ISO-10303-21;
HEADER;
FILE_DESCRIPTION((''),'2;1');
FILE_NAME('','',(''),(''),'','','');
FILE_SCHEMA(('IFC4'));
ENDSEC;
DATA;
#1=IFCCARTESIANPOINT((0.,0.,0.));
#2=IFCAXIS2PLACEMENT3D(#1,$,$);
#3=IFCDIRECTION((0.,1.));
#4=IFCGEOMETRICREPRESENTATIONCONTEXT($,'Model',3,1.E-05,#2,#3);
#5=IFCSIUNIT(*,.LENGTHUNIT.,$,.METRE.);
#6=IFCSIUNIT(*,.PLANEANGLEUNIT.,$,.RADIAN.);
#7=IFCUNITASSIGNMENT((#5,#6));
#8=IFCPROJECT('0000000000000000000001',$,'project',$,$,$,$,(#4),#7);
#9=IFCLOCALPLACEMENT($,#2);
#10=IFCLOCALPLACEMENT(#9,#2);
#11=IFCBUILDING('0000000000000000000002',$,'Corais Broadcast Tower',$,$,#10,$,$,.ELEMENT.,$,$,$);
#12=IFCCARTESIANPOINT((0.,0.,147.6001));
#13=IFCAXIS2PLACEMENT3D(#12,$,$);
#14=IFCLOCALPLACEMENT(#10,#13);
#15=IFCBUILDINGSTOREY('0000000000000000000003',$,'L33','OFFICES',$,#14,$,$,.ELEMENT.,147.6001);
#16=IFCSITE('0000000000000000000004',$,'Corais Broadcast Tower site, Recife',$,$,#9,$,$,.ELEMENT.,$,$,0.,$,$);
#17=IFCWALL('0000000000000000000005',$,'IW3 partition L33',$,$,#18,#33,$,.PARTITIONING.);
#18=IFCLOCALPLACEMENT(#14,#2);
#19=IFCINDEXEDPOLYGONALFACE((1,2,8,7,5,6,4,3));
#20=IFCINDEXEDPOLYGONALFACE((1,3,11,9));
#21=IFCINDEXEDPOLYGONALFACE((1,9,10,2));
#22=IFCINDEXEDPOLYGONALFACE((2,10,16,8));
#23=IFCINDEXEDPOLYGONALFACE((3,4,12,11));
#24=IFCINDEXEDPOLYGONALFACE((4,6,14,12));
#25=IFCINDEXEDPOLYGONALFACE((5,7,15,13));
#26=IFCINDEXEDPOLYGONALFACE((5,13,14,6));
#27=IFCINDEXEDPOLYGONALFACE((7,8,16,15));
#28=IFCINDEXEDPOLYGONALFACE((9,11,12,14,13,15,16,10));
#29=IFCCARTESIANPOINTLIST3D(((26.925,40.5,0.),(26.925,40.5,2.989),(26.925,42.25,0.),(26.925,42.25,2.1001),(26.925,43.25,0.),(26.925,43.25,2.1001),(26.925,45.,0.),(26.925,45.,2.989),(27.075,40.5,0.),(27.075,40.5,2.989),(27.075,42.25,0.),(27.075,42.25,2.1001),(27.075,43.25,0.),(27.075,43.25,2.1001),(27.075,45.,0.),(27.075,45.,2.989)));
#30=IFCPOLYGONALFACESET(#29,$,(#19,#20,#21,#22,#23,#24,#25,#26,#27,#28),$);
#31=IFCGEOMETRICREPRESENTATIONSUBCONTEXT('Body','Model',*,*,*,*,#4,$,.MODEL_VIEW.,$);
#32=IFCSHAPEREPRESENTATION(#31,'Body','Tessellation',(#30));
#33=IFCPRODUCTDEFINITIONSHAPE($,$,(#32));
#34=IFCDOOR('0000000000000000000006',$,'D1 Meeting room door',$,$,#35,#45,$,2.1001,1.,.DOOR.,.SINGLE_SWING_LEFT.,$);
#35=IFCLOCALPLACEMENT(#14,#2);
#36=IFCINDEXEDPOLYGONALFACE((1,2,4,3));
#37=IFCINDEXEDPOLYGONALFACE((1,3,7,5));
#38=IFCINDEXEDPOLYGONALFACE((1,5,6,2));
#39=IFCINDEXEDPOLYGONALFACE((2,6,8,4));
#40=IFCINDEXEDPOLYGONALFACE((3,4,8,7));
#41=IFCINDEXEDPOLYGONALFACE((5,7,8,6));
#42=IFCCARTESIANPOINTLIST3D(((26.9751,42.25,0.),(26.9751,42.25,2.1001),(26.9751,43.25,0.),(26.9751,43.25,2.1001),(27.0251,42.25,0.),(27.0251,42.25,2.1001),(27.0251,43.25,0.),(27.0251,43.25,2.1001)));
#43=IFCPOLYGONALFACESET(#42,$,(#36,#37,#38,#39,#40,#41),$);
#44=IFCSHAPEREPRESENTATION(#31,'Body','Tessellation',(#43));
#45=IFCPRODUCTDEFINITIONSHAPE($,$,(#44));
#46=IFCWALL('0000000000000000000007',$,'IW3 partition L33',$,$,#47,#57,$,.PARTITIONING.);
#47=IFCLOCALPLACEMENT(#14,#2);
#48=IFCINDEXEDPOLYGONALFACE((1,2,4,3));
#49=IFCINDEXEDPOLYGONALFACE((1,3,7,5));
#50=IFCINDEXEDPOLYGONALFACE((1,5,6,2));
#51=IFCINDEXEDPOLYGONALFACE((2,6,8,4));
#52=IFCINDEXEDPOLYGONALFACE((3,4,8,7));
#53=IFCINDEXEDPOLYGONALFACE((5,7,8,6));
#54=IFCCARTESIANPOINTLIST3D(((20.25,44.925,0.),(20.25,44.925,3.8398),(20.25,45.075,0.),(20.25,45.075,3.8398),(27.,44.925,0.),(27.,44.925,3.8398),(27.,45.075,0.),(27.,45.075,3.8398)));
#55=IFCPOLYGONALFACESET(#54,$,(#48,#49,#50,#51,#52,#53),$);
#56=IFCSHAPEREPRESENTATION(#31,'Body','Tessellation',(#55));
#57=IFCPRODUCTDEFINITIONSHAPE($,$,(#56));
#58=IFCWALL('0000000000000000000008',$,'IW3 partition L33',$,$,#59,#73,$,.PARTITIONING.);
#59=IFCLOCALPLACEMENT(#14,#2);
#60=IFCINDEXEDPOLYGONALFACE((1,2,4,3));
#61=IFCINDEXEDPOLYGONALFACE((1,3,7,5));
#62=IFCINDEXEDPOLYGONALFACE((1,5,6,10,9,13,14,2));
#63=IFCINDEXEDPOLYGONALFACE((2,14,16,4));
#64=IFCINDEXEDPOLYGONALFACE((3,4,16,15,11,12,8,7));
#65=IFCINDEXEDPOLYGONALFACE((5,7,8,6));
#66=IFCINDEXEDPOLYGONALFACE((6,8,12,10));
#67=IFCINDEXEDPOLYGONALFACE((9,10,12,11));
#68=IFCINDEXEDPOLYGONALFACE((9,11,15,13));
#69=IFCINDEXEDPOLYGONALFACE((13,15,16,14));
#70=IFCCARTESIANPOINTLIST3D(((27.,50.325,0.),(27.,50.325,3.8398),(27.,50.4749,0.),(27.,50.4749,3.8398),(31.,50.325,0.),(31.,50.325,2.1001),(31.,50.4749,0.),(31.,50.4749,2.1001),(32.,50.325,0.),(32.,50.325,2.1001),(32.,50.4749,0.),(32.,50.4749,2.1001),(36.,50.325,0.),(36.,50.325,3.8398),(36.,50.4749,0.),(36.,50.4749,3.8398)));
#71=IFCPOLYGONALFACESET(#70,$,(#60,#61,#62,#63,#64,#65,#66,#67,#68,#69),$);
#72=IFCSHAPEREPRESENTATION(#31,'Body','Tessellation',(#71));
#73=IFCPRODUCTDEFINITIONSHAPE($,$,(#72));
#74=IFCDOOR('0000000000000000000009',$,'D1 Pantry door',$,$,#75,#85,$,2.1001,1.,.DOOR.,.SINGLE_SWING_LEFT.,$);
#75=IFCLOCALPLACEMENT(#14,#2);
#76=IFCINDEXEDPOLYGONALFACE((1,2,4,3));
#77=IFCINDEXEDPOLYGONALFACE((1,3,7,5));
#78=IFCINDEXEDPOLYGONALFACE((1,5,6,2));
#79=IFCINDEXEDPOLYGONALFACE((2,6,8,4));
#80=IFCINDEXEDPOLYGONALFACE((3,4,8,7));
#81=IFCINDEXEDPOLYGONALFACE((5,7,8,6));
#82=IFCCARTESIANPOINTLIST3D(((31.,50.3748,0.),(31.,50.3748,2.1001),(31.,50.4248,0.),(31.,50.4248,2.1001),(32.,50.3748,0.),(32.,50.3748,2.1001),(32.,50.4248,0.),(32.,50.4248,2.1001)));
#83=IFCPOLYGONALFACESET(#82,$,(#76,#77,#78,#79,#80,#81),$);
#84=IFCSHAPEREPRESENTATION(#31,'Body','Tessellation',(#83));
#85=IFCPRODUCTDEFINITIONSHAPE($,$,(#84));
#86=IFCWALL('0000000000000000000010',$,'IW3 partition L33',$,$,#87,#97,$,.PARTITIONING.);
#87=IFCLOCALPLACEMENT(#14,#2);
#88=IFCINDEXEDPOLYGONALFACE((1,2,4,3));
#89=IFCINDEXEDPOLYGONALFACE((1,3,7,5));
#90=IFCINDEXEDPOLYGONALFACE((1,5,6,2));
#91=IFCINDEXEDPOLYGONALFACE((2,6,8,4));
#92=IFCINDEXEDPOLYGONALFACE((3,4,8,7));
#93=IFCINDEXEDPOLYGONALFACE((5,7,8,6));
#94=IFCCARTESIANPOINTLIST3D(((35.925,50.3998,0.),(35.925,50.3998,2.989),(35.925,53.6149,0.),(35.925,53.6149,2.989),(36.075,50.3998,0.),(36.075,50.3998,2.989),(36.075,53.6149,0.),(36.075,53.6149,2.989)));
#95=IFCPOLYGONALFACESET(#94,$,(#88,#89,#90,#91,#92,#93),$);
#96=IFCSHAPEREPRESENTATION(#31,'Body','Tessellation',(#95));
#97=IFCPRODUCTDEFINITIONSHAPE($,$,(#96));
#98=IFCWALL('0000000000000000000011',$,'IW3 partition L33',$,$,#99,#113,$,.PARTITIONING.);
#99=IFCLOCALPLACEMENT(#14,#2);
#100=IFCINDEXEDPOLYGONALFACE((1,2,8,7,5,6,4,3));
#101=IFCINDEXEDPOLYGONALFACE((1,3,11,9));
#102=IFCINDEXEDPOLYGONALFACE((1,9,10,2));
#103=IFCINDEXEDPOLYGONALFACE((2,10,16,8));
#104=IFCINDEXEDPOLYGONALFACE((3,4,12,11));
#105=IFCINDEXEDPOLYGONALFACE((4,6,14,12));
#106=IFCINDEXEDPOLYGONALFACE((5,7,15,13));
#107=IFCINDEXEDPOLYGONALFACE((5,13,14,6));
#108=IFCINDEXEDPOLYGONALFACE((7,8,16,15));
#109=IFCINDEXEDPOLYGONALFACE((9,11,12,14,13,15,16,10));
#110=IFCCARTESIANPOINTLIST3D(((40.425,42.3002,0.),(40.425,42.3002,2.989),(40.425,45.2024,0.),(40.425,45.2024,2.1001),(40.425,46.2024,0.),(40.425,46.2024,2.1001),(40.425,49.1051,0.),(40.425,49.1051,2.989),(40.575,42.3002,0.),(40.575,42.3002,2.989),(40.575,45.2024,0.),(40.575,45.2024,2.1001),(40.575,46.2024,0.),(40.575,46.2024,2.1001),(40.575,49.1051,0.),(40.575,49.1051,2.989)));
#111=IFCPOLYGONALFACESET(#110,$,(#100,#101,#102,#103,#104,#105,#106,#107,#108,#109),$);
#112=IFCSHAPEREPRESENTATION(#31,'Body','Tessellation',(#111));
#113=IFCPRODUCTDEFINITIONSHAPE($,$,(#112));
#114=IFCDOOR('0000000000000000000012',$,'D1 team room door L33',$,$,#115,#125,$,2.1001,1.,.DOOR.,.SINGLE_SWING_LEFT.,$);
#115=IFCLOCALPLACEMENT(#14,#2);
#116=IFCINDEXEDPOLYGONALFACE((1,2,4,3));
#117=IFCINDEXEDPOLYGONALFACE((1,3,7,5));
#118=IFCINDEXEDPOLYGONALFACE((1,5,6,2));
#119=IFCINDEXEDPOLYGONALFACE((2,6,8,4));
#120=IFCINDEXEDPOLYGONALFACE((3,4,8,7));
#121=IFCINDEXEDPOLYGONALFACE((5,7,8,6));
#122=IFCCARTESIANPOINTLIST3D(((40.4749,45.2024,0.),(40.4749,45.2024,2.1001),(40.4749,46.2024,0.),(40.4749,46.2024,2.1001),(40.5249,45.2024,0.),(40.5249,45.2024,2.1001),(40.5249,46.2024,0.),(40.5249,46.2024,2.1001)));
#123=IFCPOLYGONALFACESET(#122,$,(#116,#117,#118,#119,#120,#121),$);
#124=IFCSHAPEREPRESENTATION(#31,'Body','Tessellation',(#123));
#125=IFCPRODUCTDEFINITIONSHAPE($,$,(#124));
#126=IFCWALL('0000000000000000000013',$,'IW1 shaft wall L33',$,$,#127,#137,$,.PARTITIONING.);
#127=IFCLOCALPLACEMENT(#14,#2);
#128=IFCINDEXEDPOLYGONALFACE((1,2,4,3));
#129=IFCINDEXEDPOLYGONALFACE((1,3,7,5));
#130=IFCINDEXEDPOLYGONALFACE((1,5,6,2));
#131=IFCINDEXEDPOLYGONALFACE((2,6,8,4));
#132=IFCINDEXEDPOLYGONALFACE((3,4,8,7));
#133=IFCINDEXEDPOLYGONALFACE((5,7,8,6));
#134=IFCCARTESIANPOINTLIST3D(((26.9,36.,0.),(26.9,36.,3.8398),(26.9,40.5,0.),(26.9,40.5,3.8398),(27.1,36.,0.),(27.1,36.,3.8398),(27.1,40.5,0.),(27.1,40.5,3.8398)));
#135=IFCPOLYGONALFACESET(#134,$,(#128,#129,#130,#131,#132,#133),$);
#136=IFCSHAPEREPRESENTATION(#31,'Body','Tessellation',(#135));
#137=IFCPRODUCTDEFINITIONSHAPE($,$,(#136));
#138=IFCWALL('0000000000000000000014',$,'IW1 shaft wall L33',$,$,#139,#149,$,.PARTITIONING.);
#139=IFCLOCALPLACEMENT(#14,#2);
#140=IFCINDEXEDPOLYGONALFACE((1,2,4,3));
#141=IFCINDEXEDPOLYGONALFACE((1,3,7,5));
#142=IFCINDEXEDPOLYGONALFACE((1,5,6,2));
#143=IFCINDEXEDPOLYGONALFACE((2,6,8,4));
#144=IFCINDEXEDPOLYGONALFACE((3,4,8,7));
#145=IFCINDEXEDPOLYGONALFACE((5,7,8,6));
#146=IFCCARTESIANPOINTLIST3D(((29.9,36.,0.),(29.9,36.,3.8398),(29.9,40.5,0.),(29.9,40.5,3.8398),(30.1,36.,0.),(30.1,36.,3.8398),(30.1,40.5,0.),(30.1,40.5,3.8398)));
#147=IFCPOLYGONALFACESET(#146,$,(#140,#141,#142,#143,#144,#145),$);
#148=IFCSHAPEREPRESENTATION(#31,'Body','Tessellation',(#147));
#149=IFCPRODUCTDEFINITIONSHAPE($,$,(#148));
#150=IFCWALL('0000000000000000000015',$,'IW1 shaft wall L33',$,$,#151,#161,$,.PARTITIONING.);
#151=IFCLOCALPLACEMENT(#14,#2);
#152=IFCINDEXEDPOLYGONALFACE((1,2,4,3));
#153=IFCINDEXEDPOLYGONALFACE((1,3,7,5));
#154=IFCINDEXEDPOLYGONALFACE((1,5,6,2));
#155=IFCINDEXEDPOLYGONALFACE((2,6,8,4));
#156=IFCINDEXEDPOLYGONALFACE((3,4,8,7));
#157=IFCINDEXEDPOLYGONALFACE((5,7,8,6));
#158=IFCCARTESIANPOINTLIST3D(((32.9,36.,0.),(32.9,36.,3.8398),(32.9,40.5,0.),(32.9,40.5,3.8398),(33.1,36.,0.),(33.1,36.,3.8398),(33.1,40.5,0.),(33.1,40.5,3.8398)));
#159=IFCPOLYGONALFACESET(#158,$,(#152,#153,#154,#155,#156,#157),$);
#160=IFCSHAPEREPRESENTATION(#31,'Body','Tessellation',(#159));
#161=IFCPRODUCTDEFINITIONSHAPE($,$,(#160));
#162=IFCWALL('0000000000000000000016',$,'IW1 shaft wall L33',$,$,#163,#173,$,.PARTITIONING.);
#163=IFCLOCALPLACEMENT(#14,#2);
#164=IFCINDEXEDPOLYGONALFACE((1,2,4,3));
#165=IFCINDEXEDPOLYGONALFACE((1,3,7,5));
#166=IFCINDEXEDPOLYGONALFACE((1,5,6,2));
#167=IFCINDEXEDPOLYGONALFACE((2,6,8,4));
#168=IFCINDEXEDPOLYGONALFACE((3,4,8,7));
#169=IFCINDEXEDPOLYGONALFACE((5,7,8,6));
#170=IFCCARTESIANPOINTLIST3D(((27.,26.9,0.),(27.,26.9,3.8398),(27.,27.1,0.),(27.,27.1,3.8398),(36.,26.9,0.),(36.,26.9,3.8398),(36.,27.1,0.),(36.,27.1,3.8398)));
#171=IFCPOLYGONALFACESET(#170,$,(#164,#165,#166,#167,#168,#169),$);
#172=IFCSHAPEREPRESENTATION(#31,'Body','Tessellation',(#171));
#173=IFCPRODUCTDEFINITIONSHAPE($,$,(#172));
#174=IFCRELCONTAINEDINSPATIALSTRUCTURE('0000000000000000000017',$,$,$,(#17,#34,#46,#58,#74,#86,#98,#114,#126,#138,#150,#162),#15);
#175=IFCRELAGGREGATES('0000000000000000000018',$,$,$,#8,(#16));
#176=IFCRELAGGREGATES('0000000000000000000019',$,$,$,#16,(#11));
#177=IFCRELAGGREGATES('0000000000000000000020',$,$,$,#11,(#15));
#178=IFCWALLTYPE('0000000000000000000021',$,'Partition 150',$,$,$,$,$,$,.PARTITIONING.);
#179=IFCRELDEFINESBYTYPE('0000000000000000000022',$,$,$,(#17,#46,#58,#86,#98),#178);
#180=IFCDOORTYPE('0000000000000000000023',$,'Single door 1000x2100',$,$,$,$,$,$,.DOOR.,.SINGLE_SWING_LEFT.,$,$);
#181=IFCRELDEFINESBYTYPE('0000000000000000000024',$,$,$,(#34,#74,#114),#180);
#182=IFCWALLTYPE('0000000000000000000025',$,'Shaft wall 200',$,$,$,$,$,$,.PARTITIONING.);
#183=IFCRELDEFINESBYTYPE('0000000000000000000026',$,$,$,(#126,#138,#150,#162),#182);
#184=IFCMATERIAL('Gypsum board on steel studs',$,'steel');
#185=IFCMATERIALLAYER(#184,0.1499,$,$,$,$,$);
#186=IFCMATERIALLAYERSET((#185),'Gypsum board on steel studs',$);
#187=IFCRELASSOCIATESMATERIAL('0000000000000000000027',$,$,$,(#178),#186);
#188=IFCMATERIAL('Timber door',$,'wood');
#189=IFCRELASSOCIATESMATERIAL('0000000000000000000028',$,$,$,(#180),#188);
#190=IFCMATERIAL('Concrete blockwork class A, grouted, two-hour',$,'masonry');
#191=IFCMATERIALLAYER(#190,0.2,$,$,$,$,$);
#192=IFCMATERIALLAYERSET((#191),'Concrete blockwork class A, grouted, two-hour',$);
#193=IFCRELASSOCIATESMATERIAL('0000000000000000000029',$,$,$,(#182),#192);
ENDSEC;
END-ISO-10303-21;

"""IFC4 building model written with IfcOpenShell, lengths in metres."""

from ifc_helpers import new_model, si_unit, direction, frame, frame_2d, origin, place, context, subcontext, project, spatial, rectangle, extrude, material, layer, layer_set, type_object, element, fill, save


model = new_model("IFC4")

# Units and contexts
model_context = context("Model", 3, precision=1e-05, world=origin(), true_north=direction((0.0, 1.0)))
body_context = subcontext(model_context, "Body", "Model", "MODEL_VIEW")
ifc_project = project(units=[si_unit("LENGTHUNIT", "METRE"), si_unit("PLANEANGLEUNIT", "RADIAN")], contexts=[model_context])

# Site, building, storey
site_placement = place(None, origin())
site = spatial("IfcSite", under=ifc_project, at=site_placement, Name="Corais Broadcast Tower site, Recife", CompositionType="ELEMENT", RefElevation=0.0)
building_placement = place(site_placement, origin())
building = spatial("IfcBuilding", under=site, at=building_placement, Name="Corais Broadcast Tower", CompositionType="ELEMENT")
storey_placement = place(building_placement, frame((0.0, 0.0, 147.6001)))
storey = spatial("IfcBuildingStorey", under=building, at=storey_placement, Name="L33", Description="OFFICES", CompositionType="ELEMENT", Elevation=147.6001)

# Shared definitions
ifc_material_1 = material(Name="Gypsum board on steel studs", Category="steel")
ifc_layer_1 = layer(ifc_material_1, 0.1499)
ifc_layer_set_1 = layer_set([ifc_layer_1], Name="Gypsum board on steel studs")
wall_type_1 = type_object("IfcWallType", Name="Partition 150", PredefinedType="PARTITIONING", material=ifc_layer_set_1)
ifc_material_2 = material(Name="Timber door", Category="wood")
door_type = type_object("IfcDoorType", Name="Single door 1000x2100", OperationType="SINGLE_SWING_LEFT", PredefinedType="DOOR", material=ifc_material_2)

# Wall, opening, door
wall_1_placement = place(storey_placement, frame((27.0, 40.5, 0.0), z_axis=(0.0, 0.0, 1.0), x_axis=(0.0, 1.0, 0.0)))
wall_1 = element("IfcWall", 1, at=wall_1_placement, inside=storey, type_object=wall_type_1, Name="IW3 partition L33", PredefinedType="PARTITIONING", context=body_context, shape_type="SweptSolid", body=[
    extrude(rectangle(XDim=4.5, YDim=0.1499, at=frame_2d((2.25, 0.0))), origin(), (0.0, 0.0, 1.0), 2.989),
])
opening_1_placement = place(wall_1_placement, frame((1.75, 0.0, 0.0)))
opening_1 = element("IfcOpeningElement", 2, at=opening_1_placement, cuts=wall_1, PredefinedType="OPENING", context=body_context, shape_type="SweptSolid", body=[
    extrude(rectangle(XDim=1.0, YDim=2.1001, at=frame_2d((0.5, 1.05))), frame((0.0, 0.085, 0.0), z_axis=(0.0, -1.0, 0.0), x_axis=(1.0, 0.0, 0.0)), (0.0, 0.0, 1.0), 0.1699),
])
door_1_placement = place(opening_1_placement, origin())
door_1 = element("IfcDoor", 3, at=door_1_placement, inside=storey, type_object=door_type, Name="D1 Meeting room door", OperationType="SINGLE_SWING_LEFT", OverallHeight=2.1001, OverallWidth=1.0, PredefinedType="DOOR", context=body_context, shape_type="SweptSolid", body=[
    extrude(rectangle(XDim=1.0, YDim=2.1001, at=frame_2d((0.5, 1.05))), frame((0.0, 0.0249, 0.0), z_axis=(0.0, -1.0, 0.0), x_axis=(1.0, 0.0, 0.0)), (0.0, 0.0, 1.0), 0.05),
])
fill(opening_1, door_1)

# Wall
wall_2_placement = place(storey_placement, frame((27.0, 45.0, 0.0), z_axis=(0.0, 0.0, 1.0), x_axis=(-1.0, 0.0, 0.0)))
element("IfcWall", 4, at=wall_2_placement, inside=storey, type_object=wall_type_1, Name="IW3 partition L33", PredefinedType="PARTITIONING", context=body_context, shape_type="SweptSolid", body=[
    extrude(rectangle(XDim=6.75, YDim=0.1499, at=frame_2d((3.375, 0.0))), origin(), (0.0, 0.0, 1.0), 3.8398),
])

# Wall, opening, door
wall_3_placement = place(storey_placement, frame((27.0, 50.3999, 0.0), z_axis=(0.0, 0.0, 1.0), x_axis=(1.0, 0.0, 0.0)))
wall_3 = element("IfcWall", 5, at=wall_3_placement, inside=storey, type_object=wall_type_1, Name="IW3 partition L33", PredefinedType="PARTITIONING", context=body_context, shape_type="SweptSolid", body=[
    extrude(rectangle(XDim=9.0, YDim=0.1499, at=frame_2d((4.5, 0.0))), origin(), (0.0, 0.0, 1.0), 3.8398),
])
opening_2_placement = place(wall_3_placement, frame((4.0, 0.0, 0.0)))
opening_2 = element("IfcOpeningElement", 6, at=opening_2_placement, cuts=wall_3, PredefinedType="OPENING", context=body_context, shape_type="SweptSolid", body=[
    extrude(rectangle(XDim=1.0, YDim=2.1001, at=frame_2d((0.5, 1.05))), frame((0.0, 0.085, 0.0), z_axis=(0.0, -1.0, 0.0), x_axis=(1.0, 0.0, 0.0)), (0.0, 0.0, 1.0), 0.1699),
])
door_2_placement = place(opening_2_placement, origin())
door_2 = element("IfcDoor", 7, at=door_2_placement, inside=storey, type_object=door_type, Name="D1 Pantry door", OperationType="SINGLE_SWING_LEFT", OverallHeight=2.1001, OverallWidth=1.0, PredefinedType="DOOR", context=body_context, shape_type="SweptSolid", body=[
    extrude(rectangle(XDim=1.0, YDim=2.1001, at=frame_2d((0.5, 1.05))), frame((0.0, 0.0249, 0.0), z_axis=(0.0, -1.0, 0.0), x_axis=(1.0, 0.0, 0.0)), (0.0, 0.0, 1.0), 0.05),
])
fill(opening_2, door_2)

# Wall
wall_4_placement = place(storey_placement, frame((36.0, 50.3999, 0.0), z_axis=(0.0, 0.0, 1.0), x_axis=(0.0, 1.0, 0.0)))
element("IfcWall", 8, at=wall_4_placement, inside=storey, type_object=wall_type_1, Name="IW3 partition L33", PredefinedType="PARTITIONING", context=body_context, shape_type="SweptSolid", body=[
    extrude(rectangle(XDim=3.2151, YDim=0.1499, at=frame_2d((1.6074, 0.0))), origin(), (0.0, 0.0, 1.0), 2.989),
])

# Wall, opening, door
wall_5_placement = place(storey_placement, frame((40.5, 49.105, 0.0), z_axis=(0.0, 0.0, 1.0), x_axis=(0.0, -1.0, 0.0)))
wall_5 = element("IfcWall", 9, at=wall_5_placement, inside=storey, type_object=wall_type_1, Name="IW3 partition L33", PredefinedType="PARTITIONING", context=body_context, shape_type="SweptSolid", body=[
    extrude(rectangle(XDim=6.8049, YDim=0.1499, at=frame_2d((3.4023, 0.0))), origin(), (0.0, 0.0, 1.0), 2.989),
])
opening_3_placement = place(wall_5_placement, frame((2.9026, 0.0, 0.0)))
opening_3 = element("IfcOpeningElement", 10, at=opening_3_placement, cuts=wall_5, PredefinedType="OPENING", context=body_context, shape_type="SweptSolid", body=[
    extrude(rectangle(XDim=1.0, YDim=2.1001, at=frame_2d((0.5, 1.05))), frame((0.0, 0.085, 0.0), z_axis=(0.0, -1.0, 0.0), x_axis=(1.0, 0.0, 0.0)), (0.0, 0.0, 1.0), 0.1699),
])
door_3_placement = place(opening_3_placement, origin())
door_3 = element("IfcDoor", 11, at=door_3_placement, inside=storey, type_object=door_type, Name="D1 team room door L33", OperationType="SINGLE_SWING_LEFT", OverallHeight=2.1001, OverallWidth=1.0, PredefinedType="DOOR", context=body_context, shape_type="SweptSolid", body=[
    extrude(rectangle(XDim=1.0, YDim=2.1001, at=frame_2d((0.5, 1.05))), frame((0.0, 0.0249, 0.0), z_axis=(0.0, -1.0, 0.0), x_axis=(1.0, 0.0, 0.0)), (0.0, 0.0, 1.0), 0.05),
])
fill(opening_3, door_3)

# Walls
ifc_material_3 = material(Name="Concrete blockwork class A, grouted, two-hour", Category="masonry")
ifc_layer_2 = layer(ifc_material_3, 0.2)
ifc_layer_set_2 = layer_set([ifc_layer_2], Name="Concrete blockwork class A, grouted, two-hour")
wall_type_2 = type_object("IfcWallType", Name="Shaft wall 200", PredefinedType="PARTITIONING", material=ifc_layer_set_2)
for number, where, z_axis, x_axis, name in (
    (12, (27.0, 36.0, 0.0), (0.0, 0.0, 1.0), (0.0, 1.0, 0.0), "IW1 shaft wall L33"),
    (13, (30.0, 36.0, 0.0), (0.0, 0.0, 1.0), (0.0, 1.0, 0.0), "IW1 shaft wall L33"),
    (14, (33.0, 36.0, 0.0), (0.0, 0.0, 1.0), (0.0, 1.0, 0.0), "IW1 shaft wall L33"),
):
    element("IfcWall", number, at=place(storey_placement, frame(where, z_axis=z_axis, x_axis=x_axis)), inside=storey, type_object=wall_type_2, Name=name, PredefinedType="PARTITIONING", context=body_context, shape_type="SweptSolid", body=[
        extrude(rectangle(XDim=4.5, YDim=0.2, at=frame_2d((2.25, 0.0))), origin(), (0.0, 0.0, 1.0), 3.8398),
    ])
wall_6_placement = place(storey_placement, frame((27.0, 27.0, 0.0), z_axis=(0.0, 0.0, 1.0), x_axis=(1.0, 0.0, 0.0)))
element("IfcWall", 15, at=wall_6_placement, inside=storey, type_object=wall_type_2, Name="IW1 shaft wall L33", PredefinedType="PARTITIONING", context=body_context, shape_type="SweptSolid", body=[
    extrude(rectangle(XDim=9.0, YDim=0.2, at=frame_2d((4.5, 0.0))), origin(), (0.0, 0.0, 1.0), 3.8398),
])

save(model, "model.ifc")
